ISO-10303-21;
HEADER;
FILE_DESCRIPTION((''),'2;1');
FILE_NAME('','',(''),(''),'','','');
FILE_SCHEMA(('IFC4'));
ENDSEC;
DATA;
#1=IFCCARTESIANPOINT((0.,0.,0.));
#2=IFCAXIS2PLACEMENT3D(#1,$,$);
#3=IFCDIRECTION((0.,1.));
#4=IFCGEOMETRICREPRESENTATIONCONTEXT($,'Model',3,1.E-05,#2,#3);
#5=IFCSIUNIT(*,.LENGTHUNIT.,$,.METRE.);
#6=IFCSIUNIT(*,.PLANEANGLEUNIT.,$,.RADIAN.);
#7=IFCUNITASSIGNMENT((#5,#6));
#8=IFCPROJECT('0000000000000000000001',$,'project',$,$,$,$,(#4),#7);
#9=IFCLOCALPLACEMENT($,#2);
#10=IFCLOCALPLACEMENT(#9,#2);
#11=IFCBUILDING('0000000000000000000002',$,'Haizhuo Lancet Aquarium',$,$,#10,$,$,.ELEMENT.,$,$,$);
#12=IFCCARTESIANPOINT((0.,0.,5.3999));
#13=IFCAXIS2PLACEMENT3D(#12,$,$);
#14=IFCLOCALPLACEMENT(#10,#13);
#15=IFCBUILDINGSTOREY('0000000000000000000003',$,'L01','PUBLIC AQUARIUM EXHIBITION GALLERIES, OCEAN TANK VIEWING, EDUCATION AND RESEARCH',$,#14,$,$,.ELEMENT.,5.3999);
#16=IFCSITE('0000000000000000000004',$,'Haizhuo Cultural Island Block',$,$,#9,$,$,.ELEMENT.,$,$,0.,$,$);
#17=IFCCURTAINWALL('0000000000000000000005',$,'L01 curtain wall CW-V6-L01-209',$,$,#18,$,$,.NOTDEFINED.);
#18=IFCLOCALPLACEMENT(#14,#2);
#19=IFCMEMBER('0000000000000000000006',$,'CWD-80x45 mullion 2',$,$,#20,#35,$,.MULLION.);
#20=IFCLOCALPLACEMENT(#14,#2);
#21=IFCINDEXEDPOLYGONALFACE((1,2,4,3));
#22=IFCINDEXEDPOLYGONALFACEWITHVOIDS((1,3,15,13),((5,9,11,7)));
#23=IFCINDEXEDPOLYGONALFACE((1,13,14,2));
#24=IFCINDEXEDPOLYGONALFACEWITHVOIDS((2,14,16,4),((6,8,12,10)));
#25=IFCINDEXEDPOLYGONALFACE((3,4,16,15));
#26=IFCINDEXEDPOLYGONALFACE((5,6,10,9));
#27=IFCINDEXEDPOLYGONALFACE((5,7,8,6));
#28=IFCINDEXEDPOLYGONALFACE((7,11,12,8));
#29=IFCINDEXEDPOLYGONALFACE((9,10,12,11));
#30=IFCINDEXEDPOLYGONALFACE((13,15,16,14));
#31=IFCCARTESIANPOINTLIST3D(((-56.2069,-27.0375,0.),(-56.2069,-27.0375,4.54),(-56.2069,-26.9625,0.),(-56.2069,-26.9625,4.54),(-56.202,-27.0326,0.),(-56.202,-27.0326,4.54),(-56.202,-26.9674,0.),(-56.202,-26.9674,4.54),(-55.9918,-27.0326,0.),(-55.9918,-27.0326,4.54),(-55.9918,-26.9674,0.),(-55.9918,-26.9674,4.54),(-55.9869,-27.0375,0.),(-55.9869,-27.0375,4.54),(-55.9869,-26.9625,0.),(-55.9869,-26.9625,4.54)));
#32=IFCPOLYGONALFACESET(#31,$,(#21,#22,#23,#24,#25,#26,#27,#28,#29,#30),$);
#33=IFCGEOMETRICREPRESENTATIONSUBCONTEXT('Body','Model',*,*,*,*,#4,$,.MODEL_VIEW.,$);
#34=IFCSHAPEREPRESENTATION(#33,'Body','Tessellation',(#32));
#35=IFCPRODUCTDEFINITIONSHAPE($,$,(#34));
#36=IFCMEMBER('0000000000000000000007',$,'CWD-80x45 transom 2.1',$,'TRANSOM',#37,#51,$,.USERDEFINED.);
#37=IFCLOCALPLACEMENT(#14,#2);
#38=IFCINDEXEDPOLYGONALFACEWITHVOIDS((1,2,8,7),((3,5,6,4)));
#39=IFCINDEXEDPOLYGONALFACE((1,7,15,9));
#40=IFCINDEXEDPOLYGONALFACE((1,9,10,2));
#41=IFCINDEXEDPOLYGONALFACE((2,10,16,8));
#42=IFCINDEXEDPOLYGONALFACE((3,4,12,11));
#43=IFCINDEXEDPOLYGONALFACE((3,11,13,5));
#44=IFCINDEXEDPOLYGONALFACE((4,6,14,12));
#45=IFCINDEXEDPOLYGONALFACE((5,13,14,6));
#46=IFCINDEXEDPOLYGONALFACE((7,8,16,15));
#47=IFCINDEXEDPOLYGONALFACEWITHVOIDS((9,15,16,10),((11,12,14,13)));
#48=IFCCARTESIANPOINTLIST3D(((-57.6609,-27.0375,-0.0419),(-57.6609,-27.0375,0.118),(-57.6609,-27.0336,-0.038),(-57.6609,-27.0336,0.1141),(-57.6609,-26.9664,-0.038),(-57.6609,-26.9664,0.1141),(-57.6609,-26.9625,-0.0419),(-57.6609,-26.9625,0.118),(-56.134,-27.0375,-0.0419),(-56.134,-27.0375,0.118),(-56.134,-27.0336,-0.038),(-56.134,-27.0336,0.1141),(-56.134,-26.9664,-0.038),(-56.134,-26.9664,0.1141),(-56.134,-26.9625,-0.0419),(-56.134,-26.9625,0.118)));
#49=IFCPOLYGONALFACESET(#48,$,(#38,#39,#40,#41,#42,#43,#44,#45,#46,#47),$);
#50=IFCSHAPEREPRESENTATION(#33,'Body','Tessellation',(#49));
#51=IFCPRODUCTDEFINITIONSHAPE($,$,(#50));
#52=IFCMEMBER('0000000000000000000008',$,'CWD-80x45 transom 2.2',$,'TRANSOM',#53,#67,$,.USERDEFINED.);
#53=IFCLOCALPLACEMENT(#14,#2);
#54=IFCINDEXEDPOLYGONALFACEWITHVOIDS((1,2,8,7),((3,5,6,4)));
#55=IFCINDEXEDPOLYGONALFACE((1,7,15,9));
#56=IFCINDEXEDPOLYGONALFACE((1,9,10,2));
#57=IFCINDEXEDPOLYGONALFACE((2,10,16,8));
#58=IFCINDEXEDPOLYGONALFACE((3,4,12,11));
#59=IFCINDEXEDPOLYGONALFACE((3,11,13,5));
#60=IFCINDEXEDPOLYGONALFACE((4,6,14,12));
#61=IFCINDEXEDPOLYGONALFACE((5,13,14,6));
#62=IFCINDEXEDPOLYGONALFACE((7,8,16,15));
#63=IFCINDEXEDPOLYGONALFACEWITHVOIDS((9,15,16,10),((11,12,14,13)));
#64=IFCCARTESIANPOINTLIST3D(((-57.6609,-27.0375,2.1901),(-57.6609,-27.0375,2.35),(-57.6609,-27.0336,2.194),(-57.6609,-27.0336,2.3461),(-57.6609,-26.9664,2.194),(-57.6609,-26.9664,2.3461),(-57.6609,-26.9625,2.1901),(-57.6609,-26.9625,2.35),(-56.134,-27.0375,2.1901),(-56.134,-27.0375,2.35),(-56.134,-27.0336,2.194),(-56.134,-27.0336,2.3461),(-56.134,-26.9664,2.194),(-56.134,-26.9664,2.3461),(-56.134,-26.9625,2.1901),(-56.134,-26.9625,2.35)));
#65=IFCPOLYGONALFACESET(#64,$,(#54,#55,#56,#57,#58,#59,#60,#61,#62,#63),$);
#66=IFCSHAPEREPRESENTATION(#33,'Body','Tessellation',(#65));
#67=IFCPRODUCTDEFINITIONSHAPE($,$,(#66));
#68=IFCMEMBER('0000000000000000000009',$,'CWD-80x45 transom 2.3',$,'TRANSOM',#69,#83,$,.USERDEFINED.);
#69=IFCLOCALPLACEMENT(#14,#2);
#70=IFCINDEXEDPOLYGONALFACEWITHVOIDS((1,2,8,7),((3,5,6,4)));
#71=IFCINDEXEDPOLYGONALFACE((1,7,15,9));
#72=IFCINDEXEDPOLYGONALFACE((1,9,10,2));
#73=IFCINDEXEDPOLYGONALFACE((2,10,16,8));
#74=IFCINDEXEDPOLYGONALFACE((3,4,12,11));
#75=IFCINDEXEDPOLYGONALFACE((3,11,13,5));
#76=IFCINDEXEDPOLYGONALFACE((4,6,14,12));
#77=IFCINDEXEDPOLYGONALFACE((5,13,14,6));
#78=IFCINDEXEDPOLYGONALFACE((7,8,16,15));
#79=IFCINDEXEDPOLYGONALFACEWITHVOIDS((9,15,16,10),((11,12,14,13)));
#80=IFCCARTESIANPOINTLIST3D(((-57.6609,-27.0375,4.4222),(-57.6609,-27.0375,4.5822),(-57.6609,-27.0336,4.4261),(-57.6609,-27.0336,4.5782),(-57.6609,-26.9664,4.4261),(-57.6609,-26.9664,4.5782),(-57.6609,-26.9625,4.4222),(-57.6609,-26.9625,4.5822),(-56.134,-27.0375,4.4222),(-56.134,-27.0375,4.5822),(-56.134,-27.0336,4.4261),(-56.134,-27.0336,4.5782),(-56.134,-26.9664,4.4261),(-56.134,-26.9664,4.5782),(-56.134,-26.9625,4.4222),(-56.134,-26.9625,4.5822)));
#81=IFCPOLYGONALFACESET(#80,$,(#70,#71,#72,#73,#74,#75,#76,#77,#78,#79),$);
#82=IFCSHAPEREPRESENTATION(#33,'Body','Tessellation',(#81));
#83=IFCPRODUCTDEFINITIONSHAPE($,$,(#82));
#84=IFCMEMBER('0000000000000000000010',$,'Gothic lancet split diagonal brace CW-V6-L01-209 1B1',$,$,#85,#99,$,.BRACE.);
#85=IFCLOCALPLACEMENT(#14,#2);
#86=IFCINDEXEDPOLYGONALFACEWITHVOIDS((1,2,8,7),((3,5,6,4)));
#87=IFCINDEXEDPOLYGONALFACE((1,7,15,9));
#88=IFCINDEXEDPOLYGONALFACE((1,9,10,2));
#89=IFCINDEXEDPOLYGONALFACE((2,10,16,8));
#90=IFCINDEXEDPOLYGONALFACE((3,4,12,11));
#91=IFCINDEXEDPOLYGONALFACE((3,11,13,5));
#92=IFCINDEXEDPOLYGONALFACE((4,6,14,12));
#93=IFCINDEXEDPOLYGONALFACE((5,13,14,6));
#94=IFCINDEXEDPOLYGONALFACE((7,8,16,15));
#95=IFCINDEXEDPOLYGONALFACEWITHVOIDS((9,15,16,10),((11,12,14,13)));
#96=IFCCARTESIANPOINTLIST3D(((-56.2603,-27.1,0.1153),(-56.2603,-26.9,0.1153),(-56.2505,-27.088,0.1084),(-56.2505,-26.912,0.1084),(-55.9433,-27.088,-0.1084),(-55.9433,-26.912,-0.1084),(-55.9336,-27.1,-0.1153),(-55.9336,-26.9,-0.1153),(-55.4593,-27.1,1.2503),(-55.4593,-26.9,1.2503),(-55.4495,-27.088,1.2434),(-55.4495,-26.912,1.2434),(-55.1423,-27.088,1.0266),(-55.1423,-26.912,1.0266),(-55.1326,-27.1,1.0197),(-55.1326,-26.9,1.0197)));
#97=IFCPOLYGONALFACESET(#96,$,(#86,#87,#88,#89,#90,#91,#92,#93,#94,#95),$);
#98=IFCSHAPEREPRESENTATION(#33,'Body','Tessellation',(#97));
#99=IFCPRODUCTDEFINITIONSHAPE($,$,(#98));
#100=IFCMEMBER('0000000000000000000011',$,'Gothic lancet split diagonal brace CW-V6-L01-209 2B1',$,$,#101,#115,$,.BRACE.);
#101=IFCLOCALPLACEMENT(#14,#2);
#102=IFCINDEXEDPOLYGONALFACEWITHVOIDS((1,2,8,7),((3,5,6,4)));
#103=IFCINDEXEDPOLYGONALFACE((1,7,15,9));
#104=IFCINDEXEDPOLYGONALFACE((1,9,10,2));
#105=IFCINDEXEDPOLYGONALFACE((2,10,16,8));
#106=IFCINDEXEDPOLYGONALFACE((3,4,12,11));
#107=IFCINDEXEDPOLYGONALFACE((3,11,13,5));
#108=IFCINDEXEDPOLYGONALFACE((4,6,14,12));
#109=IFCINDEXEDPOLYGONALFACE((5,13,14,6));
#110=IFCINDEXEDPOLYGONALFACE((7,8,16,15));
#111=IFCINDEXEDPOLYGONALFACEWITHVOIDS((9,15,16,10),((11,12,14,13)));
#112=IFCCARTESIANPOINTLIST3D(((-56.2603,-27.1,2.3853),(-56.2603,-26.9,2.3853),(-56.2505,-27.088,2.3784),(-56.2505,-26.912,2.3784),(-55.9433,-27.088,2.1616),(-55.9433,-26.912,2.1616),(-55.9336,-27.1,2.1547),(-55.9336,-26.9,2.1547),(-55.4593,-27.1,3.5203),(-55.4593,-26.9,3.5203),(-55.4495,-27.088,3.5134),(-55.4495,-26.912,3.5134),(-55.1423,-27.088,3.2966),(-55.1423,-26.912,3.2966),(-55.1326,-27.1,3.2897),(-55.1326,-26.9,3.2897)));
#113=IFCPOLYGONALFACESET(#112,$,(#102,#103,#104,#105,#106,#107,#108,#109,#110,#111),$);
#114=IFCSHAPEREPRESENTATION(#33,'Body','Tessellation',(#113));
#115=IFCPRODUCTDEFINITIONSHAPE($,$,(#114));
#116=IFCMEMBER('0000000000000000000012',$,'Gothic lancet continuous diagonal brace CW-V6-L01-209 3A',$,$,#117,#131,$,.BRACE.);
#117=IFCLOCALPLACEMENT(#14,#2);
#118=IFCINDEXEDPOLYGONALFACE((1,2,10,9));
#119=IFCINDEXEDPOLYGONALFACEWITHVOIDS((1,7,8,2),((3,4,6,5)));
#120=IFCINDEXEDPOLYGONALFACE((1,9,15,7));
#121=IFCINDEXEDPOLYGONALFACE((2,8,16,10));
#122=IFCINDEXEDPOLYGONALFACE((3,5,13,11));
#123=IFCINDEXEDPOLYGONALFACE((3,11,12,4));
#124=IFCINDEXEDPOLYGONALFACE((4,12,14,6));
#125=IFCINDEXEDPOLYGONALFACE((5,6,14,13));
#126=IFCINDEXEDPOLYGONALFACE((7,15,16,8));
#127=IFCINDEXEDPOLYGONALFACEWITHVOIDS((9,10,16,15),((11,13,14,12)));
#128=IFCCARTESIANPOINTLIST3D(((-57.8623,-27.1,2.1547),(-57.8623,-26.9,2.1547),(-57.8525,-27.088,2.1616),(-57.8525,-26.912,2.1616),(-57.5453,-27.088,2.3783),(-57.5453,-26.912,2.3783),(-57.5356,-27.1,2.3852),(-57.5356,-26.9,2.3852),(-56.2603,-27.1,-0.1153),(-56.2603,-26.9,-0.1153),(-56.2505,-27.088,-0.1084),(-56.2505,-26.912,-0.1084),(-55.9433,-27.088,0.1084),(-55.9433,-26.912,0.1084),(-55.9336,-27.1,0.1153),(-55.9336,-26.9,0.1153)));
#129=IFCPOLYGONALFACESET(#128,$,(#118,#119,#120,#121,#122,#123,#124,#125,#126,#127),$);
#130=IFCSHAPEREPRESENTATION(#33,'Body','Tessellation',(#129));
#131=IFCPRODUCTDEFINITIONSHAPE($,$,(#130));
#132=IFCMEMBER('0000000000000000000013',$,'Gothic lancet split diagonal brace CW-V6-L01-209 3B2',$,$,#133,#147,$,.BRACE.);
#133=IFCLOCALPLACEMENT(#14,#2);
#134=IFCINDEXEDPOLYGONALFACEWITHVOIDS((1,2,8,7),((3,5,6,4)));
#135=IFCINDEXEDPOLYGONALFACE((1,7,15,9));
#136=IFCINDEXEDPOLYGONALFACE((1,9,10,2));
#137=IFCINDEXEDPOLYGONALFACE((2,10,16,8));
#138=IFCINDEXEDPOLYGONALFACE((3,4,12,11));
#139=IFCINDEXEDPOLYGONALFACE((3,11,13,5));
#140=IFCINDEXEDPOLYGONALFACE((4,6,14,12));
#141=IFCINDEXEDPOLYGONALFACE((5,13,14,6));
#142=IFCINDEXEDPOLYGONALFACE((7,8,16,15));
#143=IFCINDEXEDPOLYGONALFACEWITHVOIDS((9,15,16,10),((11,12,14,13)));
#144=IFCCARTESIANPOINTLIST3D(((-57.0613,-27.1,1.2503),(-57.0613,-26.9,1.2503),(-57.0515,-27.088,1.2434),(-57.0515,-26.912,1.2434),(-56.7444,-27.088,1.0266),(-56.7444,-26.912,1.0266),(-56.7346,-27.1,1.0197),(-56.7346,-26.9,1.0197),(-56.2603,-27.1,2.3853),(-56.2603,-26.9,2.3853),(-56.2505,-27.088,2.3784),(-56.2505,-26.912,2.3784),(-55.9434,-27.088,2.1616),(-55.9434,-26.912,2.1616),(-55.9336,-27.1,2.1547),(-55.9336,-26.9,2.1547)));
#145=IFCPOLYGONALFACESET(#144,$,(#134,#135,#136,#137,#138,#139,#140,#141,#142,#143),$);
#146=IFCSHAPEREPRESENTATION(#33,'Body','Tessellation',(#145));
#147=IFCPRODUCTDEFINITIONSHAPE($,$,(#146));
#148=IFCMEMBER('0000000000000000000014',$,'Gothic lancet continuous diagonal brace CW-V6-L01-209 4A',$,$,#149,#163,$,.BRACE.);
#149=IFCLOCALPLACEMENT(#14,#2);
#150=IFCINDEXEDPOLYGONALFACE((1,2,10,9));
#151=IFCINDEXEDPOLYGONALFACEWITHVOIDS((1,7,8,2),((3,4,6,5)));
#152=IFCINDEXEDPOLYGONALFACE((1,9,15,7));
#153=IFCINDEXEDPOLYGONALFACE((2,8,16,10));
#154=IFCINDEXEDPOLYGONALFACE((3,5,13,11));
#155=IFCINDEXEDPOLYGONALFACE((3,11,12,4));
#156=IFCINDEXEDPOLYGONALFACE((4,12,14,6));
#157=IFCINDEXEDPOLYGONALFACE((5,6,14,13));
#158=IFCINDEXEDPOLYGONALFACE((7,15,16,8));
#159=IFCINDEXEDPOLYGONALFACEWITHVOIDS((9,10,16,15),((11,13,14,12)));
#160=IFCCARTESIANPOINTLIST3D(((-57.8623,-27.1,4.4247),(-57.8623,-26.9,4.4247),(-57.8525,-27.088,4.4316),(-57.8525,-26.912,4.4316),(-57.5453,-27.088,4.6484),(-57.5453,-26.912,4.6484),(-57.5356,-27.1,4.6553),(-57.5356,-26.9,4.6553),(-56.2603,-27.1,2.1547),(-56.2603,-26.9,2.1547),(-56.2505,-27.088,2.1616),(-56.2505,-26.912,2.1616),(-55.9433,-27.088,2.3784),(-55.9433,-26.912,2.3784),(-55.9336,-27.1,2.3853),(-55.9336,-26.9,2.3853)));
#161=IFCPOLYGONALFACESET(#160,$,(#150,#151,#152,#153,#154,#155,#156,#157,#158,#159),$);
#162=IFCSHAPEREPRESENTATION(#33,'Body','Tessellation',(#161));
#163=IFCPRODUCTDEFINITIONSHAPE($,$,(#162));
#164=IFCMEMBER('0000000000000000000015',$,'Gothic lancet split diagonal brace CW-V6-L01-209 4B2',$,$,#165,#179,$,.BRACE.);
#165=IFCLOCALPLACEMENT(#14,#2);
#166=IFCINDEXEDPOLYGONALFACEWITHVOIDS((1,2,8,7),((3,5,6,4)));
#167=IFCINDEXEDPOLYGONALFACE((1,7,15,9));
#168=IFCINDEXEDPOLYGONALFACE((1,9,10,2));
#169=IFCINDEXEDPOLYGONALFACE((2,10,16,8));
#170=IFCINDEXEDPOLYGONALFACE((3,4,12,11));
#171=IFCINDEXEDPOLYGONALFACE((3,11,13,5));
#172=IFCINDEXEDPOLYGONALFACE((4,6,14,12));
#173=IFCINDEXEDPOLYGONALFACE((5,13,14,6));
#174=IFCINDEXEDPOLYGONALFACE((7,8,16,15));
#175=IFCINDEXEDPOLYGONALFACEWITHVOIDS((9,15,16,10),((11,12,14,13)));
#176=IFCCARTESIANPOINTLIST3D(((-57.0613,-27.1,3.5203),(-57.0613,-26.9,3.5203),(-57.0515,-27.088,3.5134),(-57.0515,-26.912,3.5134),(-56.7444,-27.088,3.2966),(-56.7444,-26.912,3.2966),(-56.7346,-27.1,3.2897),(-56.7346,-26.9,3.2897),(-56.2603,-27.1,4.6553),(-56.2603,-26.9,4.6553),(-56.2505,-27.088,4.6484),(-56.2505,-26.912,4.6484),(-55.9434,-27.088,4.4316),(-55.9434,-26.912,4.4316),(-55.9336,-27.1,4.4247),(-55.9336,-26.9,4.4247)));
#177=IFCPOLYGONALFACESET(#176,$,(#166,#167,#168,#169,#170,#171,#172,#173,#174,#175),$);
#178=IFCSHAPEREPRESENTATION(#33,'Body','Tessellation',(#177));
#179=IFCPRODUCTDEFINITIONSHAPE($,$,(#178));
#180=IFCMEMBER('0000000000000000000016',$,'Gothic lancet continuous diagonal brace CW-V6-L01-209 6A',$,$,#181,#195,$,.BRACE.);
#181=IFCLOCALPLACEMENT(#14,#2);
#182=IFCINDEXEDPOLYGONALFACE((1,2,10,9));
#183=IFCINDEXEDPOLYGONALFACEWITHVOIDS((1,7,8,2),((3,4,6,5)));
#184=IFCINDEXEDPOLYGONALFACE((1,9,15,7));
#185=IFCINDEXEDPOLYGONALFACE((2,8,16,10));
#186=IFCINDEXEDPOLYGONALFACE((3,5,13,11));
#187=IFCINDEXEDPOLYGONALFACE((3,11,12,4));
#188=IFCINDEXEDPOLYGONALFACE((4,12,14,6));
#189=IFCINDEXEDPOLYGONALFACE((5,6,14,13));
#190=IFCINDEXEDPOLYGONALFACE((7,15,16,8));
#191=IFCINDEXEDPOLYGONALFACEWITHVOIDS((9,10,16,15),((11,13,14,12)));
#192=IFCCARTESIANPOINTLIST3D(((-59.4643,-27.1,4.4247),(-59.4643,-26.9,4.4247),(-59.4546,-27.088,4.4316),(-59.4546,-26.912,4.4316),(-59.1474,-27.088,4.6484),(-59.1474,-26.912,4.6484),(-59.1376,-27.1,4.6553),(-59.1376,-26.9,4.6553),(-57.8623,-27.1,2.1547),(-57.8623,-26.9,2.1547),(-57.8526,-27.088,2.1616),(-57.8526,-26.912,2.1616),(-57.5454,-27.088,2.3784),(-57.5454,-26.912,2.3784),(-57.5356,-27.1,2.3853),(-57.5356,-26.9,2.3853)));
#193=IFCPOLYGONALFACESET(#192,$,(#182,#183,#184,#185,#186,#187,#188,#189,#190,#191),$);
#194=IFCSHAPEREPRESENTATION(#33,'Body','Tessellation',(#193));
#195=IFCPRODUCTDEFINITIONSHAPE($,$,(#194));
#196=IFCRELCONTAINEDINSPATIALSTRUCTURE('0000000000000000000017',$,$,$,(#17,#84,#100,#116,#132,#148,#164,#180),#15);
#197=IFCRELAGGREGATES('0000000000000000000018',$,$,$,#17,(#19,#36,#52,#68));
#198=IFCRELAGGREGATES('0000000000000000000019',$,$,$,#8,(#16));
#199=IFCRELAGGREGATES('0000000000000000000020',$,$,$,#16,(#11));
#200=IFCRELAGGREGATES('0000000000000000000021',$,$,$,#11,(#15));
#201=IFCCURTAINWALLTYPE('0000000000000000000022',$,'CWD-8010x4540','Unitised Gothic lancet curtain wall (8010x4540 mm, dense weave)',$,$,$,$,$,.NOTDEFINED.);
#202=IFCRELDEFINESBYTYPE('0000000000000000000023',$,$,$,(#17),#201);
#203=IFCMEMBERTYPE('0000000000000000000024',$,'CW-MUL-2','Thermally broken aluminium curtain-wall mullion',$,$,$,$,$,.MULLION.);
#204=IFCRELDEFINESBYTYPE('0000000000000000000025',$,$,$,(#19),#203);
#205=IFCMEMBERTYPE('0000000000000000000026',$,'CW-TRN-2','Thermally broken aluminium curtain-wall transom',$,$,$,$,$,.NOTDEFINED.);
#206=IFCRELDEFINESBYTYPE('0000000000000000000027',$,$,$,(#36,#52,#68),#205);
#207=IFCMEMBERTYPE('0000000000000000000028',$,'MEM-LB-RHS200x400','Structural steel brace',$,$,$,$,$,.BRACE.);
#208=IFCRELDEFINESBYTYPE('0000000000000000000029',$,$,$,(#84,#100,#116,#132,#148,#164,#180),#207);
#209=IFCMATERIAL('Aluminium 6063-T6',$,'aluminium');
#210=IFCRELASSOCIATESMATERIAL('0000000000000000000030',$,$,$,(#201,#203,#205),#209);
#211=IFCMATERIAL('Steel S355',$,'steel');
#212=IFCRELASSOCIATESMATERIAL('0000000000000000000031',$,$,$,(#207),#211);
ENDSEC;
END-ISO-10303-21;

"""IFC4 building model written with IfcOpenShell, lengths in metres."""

from ifc_helpers import new_model, si_unit, direction, frame, origin, origin_2d, place, context, subcontext, project, spatial, hollow_rectangle, extrude, material, material_profile, profile_set, type_object, element, aggregate, save


model = new_model("IFC4")

# Units and contexts
model_context = context("Model", 3, precision=1e-05, world=origin(), true_north=direction((0.0, 1.0)))
body_context = subcontext(model_context, "Body", "Model", "MODEL_VIEW")
ifc_project = project(units=[si_unit("LENGTHUNIT", "METRE"), si_unit("PLANEANGLEUNIT", "RADIAN")], contexts=[model_context])

# Site, building, storey
site_placement = place(None, origin())
site = spatial("IfcSite", under=ifc_project, at=site_placement, Name="Haizhuo Cultural Island Block", CompositionType="ELEMENT", RefElevation=0.0)
building_placement = place(site_placement, origin())
building = spatial("IfcBuilding", under=site, at=building_placement, Name="Haizhuo Lancet Aquarium", CompositionType="ELEMENT")
storey_placement = place(building_placement, frame((0.0, 0.0, 5.3999)))
storey = spatial("IfcBuildingStorey", under=building, at=storey_placement, Name="L01", Description="PUBLIC AQUARIUM EXHIBITION GALLERIES, OCEAN TANK VIEWING, EDUCATION AND RESEARCH", CompositionType="ELEMENT", Elevation=5.3999)

# Curtain wall, members
ifc_material_1 = material(Name="Aluminium 6063-T6", Category="aluminium")
curtain_wall_type = type_object("IfcCurtainWallType", Name="CWD-8010x4540", Description="Unitised Gothic lancet curtain wall (8010x4540 mm, dense weave)", PredefinedType="NOTDEFINED", material=ifc_material_1)
curtain_wall_placement = place(storey_placement, origin())
curtain_wall = element("IfcCurtainWall", 1, at=curtain_wall_placement, inside=storey, type_object=curtain_wall_type, Name="L01 curtain wall CW-V6-L01-209", PredefinedType="NOTDEFINED")
ifc_material_profile_1 = material_profile(ifc_material_1, hollow_rectangle(XDim=0.075, YDim=0.22, WallThickness=0.0049, at=origin_2d()), Name="ALU-M 75x220x5")
ifc_profile_set_1 = profile_set([ifc_material_profile_1], Name="Aluminium 6063-T6")
member_type_1 = type_object("IfcMemberType", Name="CW-MUL-2", Description="Thermally broken aluminium curtain-wall mullion", PredefinedType="MULLION", material=ifc_profile_set_1)
member_1_placement = place(storey_placement, frame((-56.0969, -27.0, 0.0), z_axis=(0.0, 0.0, 1.0), x_axis=(0.0, -1.0, 0.0)))
member_1 = element("IfcMember", 2, at=member_1_placement, type_object=member_type_1, Name="CWD-80x45 mullion 2", PredefinedType="MULLION", context=body_context, shape_type="SweptSolid", body=[
    extrude(hollow_rectangle(XDim=0.075, YDim=0.22, WallThickness=0.0049, at=origin_2d()), origin(), (0.0, 0.0, 1.0), 4.54),
])
ifc_material_profile_2 = material_profile(ifc_material_1, hollow_rectangle(XDim=0.075, YDim=0.1599, WallThickness=0.0039, at=origin_2d()), Name="ALU-T 75x160x4")
ifc_profile_set_2 = profile_set([ifc_material_profile_2], Name="Aluminium 6063-T6")
member_type_2 = type_object("IfcMemberType", Name="CW-TRN-2", Description="Thermally broken aluminium curtain-wall transom", PredefinedType="NOTDEFINED", material=ifc_profile_set_2)
member_2_placement = place(storey_placement, frame((-56.134, -27.0, 0.0381), z_axis=(-1.0, 0.0, 0.0), x_axis=(0.0, -1.0, 0.0)))
member_2 = element("IfcMember", 3, at=member_2_placement, type_object=member_type_2, Name="CWD-80x45 transom 2.1", ObjectType="TRANSOM", PredefinedType="USERDEFINED", context=body_context, shape_type="SweptSolid", body=[
    extrude(hollow_rectangle(XDim=0.075, YDim=0.1599, WallThickness=0.0039, at=origin_2d()), origin(), (0.0, 0.0, 1.0), 1.5269),
])
member_3_placement = place(storey_placement, frame((-56.134, -27.0, 2.27), z_axis=(-1.0, 0.0, 0.0), x_axis=(0.0, -1.0, 0.0)))
member_3 = element("IfcMember", 4, at=member_3_placement, type_object=member_type_2, Name="CWD-80x45 transom 2.2", ObjectType="TRANSOM", PredefinedType="USERDEFINED", context=body_context, shape_type="SweptSolid", body=[
    extrude(hollow_rectangle(XDim=0.075, YDim=0.1599, WallThickness=0.0039, at=origin_2d()), origin(), (0.0, 0.0, 1.0), 1.5269),
])
member_4_placement = place(storey_placement, frame((-56.134, -27.0, 4.5022), z_axis=(-1.0, 0.0, 0.0), x_axis=(0.0, -1.0, 0.0)))
member_4 = element("IfcMember", 5, at=member_4_placement, type_object=member_type_2, Name="CWD-80x45 transom 2.3", ObjectType="TRANSOM", PredefinedType="USERDEFINED", context=body_context, shape_type="SweptSolid", body=[
    extrude(hollow_rectangle(XDim=0.075, YDim=0.1599, WallThickness=0.0039, at=origin_2d()), origin(), (0.0, 0.0, 1.0), 1.5269),
])

# Members
ifc_material_2 = material(Name="Steel S355", Category="steel")
ifc_material_profile_3 = material_profile(ifc_material_2, hollow_rectangle(XDim=0.2, YDim=0.3999, WallThickness=0.012, at=origin_2d()), Name="RHS 200x400x12")
ifc_profile_set_3 = profile_set([ifc_material_profile_3], Name="Steel S355")
member_type_3 = type_object("IfcMemberType", Name="MEM-LB-RHS200x400", Description="Structural steel brace", PredefinedType="BRACE", material=ifc_profile_set_3)
for number, where, z_axis, x_axis, name in (
    (6, (-56.0969, -27.0, 0.0), (0.576607, 0.0, 0.817021), (0.0, 1.0, 0.0), "Gothic lancet split diagonal brace CW-V6-L01-209 1B1"),
    (7, (-56.0969, -27.0, 2.27), (0.576607, 0.0, 0.817021), (0.0, 1.0, 0.0), "Gothic lancet split diagonal brace CW-V6-L01-209 2B1"),
):
    element("IfcMember", number, at=place(storey_placement, frame(where, z_axis=z_axis, x_axis=x_axis)), inside=storey, type_object=member_type_3, Name=name, PredefinedType="BRACE", context=body_context, shape_type="SweptSolid", body=[
        extrude(hollow_rectangle(XDim=0.2, YDim=0.3999, WallThickness=0.012, at=origin_2d()), origin(), (0.0, 0.0, 1.0), 1.3892),
    ])
member_5_placement = place(storey_placement, frame((-56.0969, -27.0, 0.0), z_axis=(-0.576607, 0.0, 0.817021), x_axis=(0.0, -1.0, 0.0)))
element("IfcMember", 8, at=member_5_placement, inside=storey, type_object=member_type_3, Name="Gothic lancet continuous diagonal brace CW-V6-L01-209 3A", PredefinedType="BRACE", context=body_context, shape_type="SweptSolid", body=[
    extrude(hollow_rectangle(XDim=0.2, YDim=0.3999, WallThickness=0.012, at=origin_2d()), origin(), (0.0, 0.0, 1.0), 2.7783),
])
member_6_placement = place(storey_placement, frame((-56.8979, -27.0, 1.135), z_axis=(0.576607, 0.0, 0.817021), x_axis=(0.0, 1.0, 0.0)))
element("IfcMember", 9, at=member_6_placement, inside=storey, type_object=member_type_3, Name="Gothic lancet split diagonal brace CW-V6-L01-209 3B2", PredefinedType="BRACE", context=body_context, shape_type="SweptSolid", body=[
    extrude(hollow_rectangle(XDim=0.2, YDim=0.3999, WallThickness=0.012, at=origin_2d()), origin(), (0.0, 0.0, 1.0), 1.3892),
])
member_7_placement = place(storey_placement, frame((-56.0969, -27.0, 2.27), z_axis=(-0.576607, 0.0, 0.817021), x_axis=(0.0, -1.0, 0.0)))
element("IfcMember", 10, at=member_7_placement, inside=storey, type_object=member_type_3, Name="Gothic lancet continuous diagonal brace CW-V6-L01-209 4A", PredefinedType="BRACE", context=body_context, shape_type="SweptSolid", body=[
    extrude(hollow_rectangle(XDim=0.2, YDim=0.3999, WallThickness=0.012, at=origin_2d()), origin(), (0.0, 0.0, 1.0), 2.7783),
])
member_8_placement = place(storey_placement, frame((-56.8979, -27.0, 3.405), z_axis=(0.576607, 0.0, 0.817021), x_axis=(0.0, 1.0, 0.0)))
element("IfcMember", 11, at=member_8_placement, inside=storey, type_object=member_type_3, Name="Gothic lancet split diagonal brace CW-V6-L01-209 4B2", PredefinedType="BRACE", context=body_context, shape_type="SweptSolid", body=[
    extrude(hollow_rectangle(XDim=0.2, YDim=0.3999, WallThickness=0.012, at=origin_2d()), origin(), (0.0, 0.0, 1.0), 1.3892),
])
member_9_placement = place(storey_placement, frame((-57.699, -27.0, 2.27), z_axis=(-0.576607, 0.0, 0.817021), x_axis=(0.0, -1.0, 0.0)))
element("IfcMember", 12, at=member_9_placement, inside=storey, type_object=member_type_3, Name="Gothic lancet continuous diagonal brace CW-V6-L01-209 6A", PredefinedType="BRACE", context=body_context, shape_type="SweptSolid", body=[
    extrude(hollow_rectangle(XDim=0.2, YDim=0.3999, WallThickness=0.012, at=origin_2d()), origin(), (0.0, 0.0, 1.0), 2.7783),
])

aggregate(curtain_wall, [member_1, member_2, member_3, member_4])

save(model, "model.ifc")
